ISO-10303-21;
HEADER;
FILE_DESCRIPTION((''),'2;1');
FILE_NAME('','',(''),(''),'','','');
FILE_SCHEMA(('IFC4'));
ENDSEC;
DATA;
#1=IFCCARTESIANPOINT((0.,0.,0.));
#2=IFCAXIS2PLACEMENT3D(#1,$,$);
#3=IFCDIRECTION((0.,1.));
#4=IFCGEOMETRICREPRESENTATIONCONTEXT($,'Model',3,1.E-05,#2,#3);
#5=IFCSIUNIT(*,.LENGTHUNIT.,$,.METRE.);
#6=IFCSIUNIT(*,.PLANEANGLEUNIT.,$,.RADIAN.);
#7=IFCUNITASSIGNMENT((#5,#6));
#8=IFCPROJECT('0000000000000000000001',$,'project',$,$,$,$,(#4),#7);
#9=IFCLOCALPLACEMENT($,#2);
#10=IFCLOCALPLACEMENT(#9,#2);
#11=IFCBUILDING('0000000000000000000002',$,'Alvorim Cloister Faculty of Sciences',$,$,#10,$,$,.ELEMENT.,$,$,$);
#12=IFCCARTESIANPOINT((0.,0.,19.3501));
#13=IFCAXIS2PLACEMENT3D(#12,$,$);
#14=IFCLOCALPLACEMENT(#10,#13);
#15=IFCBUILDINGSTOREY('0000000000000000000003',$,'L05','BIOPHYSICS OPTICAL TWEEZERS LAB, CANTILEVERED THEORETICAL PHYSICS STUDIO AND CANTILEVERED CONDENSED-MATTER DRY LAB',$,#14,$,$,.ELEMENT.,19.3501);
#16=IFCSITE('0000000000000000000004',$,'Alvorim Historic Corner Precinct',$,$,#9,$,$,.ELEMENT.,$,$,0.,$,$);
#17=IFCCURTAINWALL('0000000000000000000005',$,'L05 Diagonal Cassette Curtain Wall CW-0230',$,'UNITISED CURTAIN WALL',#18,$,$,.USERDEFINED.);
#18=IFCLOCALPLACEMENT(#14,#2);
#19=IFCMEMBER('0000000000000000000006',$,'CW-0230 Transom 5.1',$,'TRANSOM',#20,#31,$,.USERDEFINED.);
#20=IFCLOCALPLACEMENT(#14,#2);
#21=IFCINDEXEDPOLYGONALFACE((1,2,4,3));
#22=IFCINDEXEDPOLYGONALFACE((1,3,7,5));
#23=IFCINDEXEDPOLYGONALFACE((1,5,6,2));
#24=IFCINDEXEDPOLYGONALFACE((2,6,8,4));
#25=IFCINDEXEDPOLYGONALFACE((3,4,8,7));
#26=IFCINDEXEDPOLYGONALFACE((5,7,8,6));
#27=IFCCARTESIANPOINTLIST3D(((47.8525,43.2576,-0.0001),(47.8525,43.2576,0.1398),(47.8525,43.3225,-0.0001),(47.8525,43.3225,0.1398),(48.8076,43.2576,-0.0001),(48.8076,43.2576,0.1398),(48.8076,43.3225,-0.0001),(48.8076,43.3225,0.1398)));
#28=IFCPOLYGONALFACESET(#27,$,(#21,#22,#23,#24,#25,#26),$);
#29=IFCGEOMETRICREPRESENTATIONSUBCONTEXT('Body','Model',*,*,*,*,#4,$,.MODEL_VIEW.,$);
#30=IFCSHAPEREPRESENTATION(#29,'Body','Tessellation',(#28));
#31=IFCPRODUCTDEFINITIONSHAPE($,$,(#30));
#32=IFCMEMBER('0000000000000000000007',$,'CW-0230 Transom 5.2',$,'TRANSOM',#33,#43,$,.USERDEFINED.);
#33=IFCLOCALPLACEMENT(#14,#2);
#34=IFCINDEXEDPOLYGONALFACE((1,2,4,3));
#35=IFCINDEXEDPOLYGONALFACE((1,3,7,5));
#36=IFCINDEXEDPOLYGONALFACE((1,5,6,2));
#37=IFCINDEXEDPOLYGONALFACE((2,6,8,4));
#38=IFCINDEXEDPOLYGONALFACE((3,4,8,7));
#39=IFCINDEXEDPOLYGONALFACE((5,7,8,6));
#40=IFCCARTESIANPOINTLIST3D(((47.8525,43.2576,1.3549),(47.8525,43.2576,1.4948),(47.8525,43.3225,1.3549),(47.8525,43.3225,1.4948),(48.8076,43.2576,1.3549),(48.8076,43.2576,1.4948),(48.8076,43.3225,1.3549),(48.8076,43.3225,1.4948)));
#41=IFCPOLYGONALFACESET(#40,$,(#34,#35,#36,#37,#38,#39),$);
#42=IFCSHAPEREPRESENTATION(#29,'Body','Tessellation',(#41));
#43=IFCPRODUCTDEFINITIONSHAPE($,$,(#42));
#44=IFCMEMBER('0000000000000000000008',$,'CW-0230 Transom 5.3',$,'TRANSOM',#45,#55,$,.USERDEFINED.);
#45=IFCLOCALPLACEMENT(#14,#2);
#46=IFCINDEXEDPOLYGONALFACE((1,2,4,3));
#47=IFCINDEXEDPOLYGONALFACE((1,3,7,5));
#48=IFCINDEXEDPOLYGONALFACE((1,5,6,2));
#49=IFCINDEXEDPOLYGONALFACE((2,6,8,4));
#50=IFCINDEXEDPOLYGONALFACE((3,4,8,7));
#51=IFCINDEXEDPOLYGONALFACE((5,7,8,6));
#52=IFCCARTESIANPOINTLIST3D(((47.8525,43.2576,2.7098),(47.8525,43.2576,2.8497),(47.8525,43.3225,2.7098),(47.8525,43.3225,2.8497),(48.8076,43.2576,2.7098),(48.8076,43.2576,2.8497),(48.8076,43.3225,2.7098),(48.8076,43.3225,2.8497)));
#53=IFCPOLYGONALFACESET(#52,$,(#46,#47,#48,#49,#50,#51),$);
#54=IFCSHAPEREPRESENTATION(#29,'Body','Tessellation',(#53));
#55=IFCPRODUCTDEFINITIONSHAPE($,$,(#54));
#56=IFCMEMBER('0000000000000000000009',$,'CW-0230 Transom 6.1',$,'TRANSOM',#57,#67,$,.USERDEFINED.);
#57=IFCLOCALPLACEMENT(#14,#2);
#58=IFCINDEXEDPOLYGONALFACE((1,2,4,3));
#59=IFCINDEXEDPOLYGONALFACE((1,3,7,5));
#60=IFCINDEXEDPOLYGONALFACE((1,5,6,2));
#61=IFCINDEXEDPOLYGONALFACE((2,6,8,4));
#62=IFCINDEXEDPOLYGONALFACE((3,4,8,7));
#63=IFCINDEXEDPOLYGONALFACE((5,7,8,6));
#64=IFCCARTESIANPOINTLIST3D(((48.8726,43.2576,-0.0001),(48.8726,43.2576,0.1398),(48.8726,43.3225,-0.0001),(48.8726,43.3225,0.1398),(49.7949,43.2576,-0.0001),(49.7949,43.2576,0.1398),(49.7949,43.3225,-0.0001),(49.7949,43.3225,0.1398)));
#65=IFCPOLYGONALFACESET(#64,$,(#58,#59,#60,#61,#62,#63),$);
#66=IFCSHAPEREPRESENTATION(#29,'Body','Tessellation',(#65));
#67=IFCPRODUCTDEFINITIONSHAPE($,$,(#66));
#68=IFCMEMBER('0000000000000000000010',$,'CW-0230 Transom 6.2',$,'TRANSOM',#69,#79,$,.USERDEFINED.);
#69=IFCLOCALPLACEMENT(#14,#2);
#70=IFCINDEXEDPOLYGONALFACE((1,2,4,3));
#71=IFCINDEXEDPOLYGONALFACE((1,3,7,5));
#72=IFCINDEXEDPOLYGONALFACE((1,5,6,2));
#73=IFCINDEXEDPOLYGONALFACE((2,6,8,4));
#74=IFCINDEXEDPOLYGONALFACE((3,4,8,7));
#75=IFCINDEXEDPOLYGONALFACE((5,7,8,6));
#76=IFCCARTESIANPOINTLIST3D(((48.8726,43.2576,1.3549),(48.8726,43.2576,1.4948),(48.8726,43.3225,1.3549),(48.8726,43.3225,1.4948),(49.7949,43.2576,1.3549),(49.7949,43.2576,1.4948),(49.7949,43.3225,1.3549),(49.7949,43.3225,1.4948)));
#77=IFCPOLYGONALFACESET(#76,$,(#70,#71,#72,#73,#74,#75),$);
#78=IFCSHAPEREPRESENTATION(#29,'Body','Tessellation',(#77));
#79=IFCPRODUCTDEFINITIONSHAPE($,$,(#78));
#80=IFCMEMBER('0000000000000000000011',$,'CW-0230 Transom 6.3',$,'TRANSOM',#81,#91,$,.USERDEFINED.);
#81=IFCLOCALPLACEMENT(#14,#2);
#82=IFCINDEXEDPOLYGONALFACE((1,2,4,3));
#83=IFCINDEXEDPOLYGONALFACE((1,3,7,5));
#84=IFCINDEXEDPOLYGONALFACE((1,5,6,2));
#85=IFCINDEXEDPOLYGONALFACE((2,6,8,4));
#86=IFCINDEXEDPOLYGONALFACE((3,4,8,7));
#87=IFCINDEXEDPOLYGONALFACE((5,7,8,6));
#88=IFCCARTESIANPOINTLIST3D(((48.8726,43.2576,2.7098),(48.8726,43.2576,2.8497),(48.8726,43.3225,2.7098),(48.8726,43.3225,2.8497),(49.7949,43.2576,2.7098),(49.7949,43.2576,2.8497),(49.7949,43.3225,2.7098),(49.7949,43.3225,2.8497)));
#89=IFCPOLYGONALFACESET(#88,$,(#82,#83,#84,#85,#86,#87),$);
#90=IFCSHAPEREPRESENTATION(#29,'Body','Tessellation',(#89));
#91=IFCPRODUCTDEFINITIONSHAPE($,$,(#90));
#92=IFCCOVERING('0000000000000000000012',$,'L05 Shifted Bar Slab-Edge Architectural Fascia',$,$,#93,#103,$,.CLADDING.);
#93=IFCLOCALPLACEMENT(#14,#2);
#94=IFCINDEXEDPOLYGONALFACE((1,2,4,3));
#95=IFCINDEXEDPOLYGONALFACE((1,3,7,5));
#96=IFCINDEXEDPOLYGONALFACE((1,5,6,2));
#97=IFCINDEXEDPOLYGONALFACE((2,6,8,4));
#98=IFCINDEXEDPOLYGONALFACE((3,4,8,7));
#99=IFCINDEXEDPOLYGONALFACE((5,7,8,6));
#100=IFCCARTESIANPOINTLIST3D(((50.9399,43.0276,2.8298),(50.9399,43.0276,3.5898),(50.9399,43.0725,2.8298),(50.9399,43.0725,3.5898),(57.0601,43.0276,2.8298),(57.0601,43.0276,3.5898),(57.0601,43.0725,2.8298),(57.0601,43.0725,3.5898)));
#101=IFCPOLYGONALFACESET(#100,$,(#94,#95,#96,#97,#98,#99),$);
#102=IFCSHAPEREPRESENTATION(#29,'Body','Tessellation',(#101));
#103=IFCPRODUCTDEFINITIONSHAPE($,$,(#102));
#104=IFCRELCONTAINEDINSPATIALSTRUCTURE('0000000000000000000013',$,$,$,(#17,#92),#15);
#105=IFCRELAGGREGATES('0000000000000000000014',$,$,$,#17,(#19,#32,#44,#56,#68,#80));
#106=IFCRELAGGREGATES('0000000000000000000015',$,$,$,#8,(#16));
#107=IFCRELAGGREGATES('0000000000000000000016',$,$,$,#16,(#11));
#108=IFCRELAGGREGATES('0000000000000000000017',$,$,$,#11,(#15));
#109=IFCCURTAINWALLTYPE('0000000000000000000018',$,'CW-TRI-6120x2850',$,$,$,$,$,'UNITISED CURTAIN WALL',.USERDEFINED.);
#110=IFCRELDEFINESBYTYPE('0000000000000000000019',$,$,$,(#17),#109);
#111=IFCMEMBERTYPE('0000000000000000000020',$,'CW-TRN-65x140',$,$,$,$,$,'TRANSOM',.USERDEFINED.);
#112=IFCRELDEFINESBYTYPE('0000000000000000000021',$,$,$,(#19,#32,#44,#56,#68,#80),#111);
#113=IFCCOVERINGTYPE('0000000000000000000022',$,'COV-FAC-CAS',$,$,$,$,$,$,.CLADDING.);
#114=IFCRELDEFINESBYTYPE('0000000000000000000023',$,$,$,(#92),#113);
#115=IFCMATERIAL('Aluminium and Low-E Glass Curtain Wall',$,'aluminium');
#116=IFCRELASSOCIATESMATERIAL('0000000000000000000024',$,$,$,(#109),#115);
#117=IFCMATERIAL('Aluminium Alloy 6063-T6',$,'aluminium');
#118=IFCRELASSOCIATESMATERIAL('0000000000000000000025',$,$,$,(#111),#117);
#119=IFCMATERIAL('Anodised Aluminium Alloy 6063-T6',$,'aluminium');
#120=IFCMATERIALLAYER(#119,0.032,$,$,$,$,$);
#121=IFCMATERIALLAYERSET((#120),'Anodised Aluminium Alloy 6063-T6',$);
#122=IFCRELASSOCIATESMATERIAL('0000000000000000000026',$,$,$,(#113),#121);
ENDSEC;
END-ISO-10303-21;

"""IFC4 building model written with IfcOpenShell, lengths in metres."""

from ifc_helpers import new_model, si_unit, direction, frame, origin, origin_2d, place, context, subcontext, project, spatial, polyline, rectangle, outline, extrude, material, layer, layer_set, material_profile, profile_set, type_object, element, aggregate, save


model = new_model("IFC4")

# Units and contexts
model_context = context("Model", 3, precision=1e-05, world=origin(), true_north=direction((0.0, 1.0)))
body_context = subcontext(model_context, "Body", "Model", "MODEL_VIEW")
ifc_project = project(units=[si_unit("LENGTHUNIT", "METRE"), si_unit("PLANEANGLEUNIT", "RADIAN")], contexts=[model_context])

# Site, building, storey
site_placement = place(None, origin())
site = spatial("IfcSite", under=ifc_project, at=site_placement, Name="Alvorim Historic Corner Precinct", CompositionType="ELEMENT", RefElevation=0.0)
building_placement = place(site_placement, origin())
building = spatial("IfcBuilding", under=site, at=building_placement, Name="Alvorim Cloister Faculty of Sciences", CompositionType="ELEMENT")
storey_placement = place(building_placement, frame((0.0, 0.0, 19.3501)))
storey = spatial("IfcBuildingStorey", under=building, at=storey_placement, Name="L05", Description="BIOPHYSICS OPTICAL TWEEZERS LAB, CANTILEVERED THEORETICAL PHYSICS STUDIO AND CANTILEVERED CONDENSED-MATTER DRY LAB", CompositionType="ELEMENT", Elevation=19.3501)

# Curtain wall
ifc_material_1 = material(Name="Aluminium and Low-E Glass Curtain Wall", Category="aluminium")
curtain_wall_type = type_object("IfcCurtainWallType", Name="CW-TRI-6120x2850", ElementType="UNITISED CURTAIN WALL", PredefinedType="USERDEFINED", material=ifc_material_1)
ifc_material_2 = material(Name="Aluminium Alloy 6063-T6", Category="aluminium")
curtain_wall_1_placement = place(storey_placement, origin())
curtain_wall_1 = element("IfcCurtainWall", 1, at=curtain_wall_1_placement, inside=storey, type_object=curtain_wall_type, Name="L05 Diagonal Cassette Curtain Wall CW-0230", ObjectType="UNITISED CURTAIN WALL", PredefinedType="USERDEFINED")

# Members
ifc_material_profile_1 = material_profile(ifc_material_2, rectangle(XDim=0.0649, YDim=0.1399, at=origin_2d()), Name="ALU-TRN-65x140")
ifc_profile_set_1 = profile_set([ifc_material_profile_1], Name="Aluminium Alloy 6063-T6")
member_type_1 = type_object("IfcMemberType", Name="CW-TRN-65x140", ElementType="TRANSOM", PredefinedType="USERDEFINED", material=ifc_profile_set_1)
member_1_placement = place(storey_placement, frame((47.8525, 43.29, 0.0698), z_axis=(1.0, 0.0, 0.0), x_axis=(0.0, 1.0, 0.0)))
member_1 = element("IfcMember", 2, at=member_1_placement, type_object=member_type_1, Name="CW-0230 Transom 5.1", ObjectType="TRANSOM", PredefinedType="USERDEFINED", context=body_context, shape_type="SweptSolid", body=[
    extrude(rectangle(XDim=0.0649, YDim=0.1399, at=origin_2d()), origin(), (0.0, 0.0, 1.0), 0.9551),
])
member_2_placement = place(storey_placement, frame((47.8525, 43.29, 1.4248), z_axis=(1.0, 0.0, 0.0), x_axis=(0.0, 1.0, 0.0)))
member_2 = element("IfcMember", 3, at=member_2_placement, type_object=member_type_1, Name="CW-0230 Transom 5.2", ObjectType="TRANSOM", PredefinedType="USERDEFINED", context=body_context, shape_type="SweptSolid", body=[
    extrude(rectangle(XDim=0.0649, YDim=0.1399, at=origin_2d()), origin(), (0.0, 0.0, 1.0), 0.9551),
])
member_3_placement = place(storey_placement, frame((47.8525, 43.29, 2.7798), z_axis=(1.0, 0.0, 0.0), x_axis=(0.0, 1.0, 0.0)))
member_3 = element("IfcMember", 4, at=member_3_placement, type_object=member_type_1, Name="CW-0230 Transom 5.3", ObjectType="TRANSOM", PredefinedType="USERDEFINED", context=body_context, shape_type="SweptSolid", body=[
    extrude(rectangle(XDim=0.0649, YDim=0.1399, at=origin_2d()), origin(), (0.0, 0.0, 1.0), 0.9551),
])
member_4_placement = place(storey_placement, frame((48.8726, 43.29, 0.0698), z_axis=(1.0, 0.0, 0.0), x_axis=(0.0, 1.0, 0.0)))
member_4 = element("IfcMember", 5, at=member_4_placement, type_object=member_type_1, Name="CW-0230 Transom 6.1", ObjectType="TRANSOM", PredefinedType="USERDEFINED", context=body_context, shape_type="SweptSolid", body=[
    extrude(rectangle(XDim=0.0649, YDim=0.1399, at=origin_2d()), origin(), (0.0, 0.0, 1.0), 0.9224),
])
member_5_placement = place(storey_placement, frame((48.8726, 43.29, 1.4248), z_axis=(1.0, 0.0, 0.0), x_axis=(0.0, 1.0, 0.0)))
member_5 = element("IfcMember", 6, at=member_5_placement, type_object=member_type_1, Name="CW-0230 Transom 6.2", ObjectType="TRANSOM", PredefinedType="USERDEFINED", context=body_context, shape_type="SweptSolid", body=[
    extrude(rectangle(XDim=0.0649, YDim=0.1399, at=origin_2d()), origin(), (0.0, 0.0, 1.0), 0.9224),
])
member_6_placement = place(storey_placement, frame((48.8726, 43.29, 2.7798), z_axis=(1.0, 0.0, 0.0), x_axis=(0.0, 1.0, 0.0)))
member_6 = element("IfcMember", 7, at=member_6_placement, type_object=member_type_1, Name="CW-0230 Transom 6.3", ObjectType="TRANSOM", PredefinedType="USERDEFINED", context=body_context, shape_type="SweptSolid", body=[
    extrude(rectangle(XDim=0.0649, YDim=0.1399, at=origin_2d()), origin(), (0.0, 0.0, 1.0), 0.9224),
])

aggregate(curtain_wall_1, [member_1, member_2, member_3, member_4, member_5, member_6])

# Covering
ifc_material_3 = material(Name="Anodised Aluminium Alloy 6063-T6", Category="aluminium")
ifc_layer_1 = layer(ifc_material_3, 0.032)
ifc_layer_set_1 = layer_set([ifc_layer_1], Name="Anodised Aluminium Alloy 6063-T6")
covering_type = type_object("IfcCoveringType", Name="COV-FAC-CAS", PredefinedType="CLADDING", material=ifc_layer_set_1)
covering_placement = place(storey_placement, frame((50.9399, 43.05, 2.8298), z_axis=(0.0, 0.0, 1.0), x_axis=(1.0, 0.0, 0.0)))
element("IfcCovering", 8, at=covering_placement, inside=storey, type_object=covering_type, Name="L05 Shifted Bar Slab-Edge Architectural Fascia", PredefinedType="CLADDING", context=body_context, shape_type="SweptSolid", body=[
    extrude(outline(polyline([(0.0, 0.0), (6.1201, 0.0), (6.1201, 0.76), (0.0, 0.76), (0.0, 0.0)])), frame((0.0, 0.0225, 0.0), z_axis=(0.0, -1.0, 0.0), x_axis=(1.0, 0.0, 0.0)), (0.0, 0.0, 1.0), 0.0449),
])

save(model, "model.ifc")
